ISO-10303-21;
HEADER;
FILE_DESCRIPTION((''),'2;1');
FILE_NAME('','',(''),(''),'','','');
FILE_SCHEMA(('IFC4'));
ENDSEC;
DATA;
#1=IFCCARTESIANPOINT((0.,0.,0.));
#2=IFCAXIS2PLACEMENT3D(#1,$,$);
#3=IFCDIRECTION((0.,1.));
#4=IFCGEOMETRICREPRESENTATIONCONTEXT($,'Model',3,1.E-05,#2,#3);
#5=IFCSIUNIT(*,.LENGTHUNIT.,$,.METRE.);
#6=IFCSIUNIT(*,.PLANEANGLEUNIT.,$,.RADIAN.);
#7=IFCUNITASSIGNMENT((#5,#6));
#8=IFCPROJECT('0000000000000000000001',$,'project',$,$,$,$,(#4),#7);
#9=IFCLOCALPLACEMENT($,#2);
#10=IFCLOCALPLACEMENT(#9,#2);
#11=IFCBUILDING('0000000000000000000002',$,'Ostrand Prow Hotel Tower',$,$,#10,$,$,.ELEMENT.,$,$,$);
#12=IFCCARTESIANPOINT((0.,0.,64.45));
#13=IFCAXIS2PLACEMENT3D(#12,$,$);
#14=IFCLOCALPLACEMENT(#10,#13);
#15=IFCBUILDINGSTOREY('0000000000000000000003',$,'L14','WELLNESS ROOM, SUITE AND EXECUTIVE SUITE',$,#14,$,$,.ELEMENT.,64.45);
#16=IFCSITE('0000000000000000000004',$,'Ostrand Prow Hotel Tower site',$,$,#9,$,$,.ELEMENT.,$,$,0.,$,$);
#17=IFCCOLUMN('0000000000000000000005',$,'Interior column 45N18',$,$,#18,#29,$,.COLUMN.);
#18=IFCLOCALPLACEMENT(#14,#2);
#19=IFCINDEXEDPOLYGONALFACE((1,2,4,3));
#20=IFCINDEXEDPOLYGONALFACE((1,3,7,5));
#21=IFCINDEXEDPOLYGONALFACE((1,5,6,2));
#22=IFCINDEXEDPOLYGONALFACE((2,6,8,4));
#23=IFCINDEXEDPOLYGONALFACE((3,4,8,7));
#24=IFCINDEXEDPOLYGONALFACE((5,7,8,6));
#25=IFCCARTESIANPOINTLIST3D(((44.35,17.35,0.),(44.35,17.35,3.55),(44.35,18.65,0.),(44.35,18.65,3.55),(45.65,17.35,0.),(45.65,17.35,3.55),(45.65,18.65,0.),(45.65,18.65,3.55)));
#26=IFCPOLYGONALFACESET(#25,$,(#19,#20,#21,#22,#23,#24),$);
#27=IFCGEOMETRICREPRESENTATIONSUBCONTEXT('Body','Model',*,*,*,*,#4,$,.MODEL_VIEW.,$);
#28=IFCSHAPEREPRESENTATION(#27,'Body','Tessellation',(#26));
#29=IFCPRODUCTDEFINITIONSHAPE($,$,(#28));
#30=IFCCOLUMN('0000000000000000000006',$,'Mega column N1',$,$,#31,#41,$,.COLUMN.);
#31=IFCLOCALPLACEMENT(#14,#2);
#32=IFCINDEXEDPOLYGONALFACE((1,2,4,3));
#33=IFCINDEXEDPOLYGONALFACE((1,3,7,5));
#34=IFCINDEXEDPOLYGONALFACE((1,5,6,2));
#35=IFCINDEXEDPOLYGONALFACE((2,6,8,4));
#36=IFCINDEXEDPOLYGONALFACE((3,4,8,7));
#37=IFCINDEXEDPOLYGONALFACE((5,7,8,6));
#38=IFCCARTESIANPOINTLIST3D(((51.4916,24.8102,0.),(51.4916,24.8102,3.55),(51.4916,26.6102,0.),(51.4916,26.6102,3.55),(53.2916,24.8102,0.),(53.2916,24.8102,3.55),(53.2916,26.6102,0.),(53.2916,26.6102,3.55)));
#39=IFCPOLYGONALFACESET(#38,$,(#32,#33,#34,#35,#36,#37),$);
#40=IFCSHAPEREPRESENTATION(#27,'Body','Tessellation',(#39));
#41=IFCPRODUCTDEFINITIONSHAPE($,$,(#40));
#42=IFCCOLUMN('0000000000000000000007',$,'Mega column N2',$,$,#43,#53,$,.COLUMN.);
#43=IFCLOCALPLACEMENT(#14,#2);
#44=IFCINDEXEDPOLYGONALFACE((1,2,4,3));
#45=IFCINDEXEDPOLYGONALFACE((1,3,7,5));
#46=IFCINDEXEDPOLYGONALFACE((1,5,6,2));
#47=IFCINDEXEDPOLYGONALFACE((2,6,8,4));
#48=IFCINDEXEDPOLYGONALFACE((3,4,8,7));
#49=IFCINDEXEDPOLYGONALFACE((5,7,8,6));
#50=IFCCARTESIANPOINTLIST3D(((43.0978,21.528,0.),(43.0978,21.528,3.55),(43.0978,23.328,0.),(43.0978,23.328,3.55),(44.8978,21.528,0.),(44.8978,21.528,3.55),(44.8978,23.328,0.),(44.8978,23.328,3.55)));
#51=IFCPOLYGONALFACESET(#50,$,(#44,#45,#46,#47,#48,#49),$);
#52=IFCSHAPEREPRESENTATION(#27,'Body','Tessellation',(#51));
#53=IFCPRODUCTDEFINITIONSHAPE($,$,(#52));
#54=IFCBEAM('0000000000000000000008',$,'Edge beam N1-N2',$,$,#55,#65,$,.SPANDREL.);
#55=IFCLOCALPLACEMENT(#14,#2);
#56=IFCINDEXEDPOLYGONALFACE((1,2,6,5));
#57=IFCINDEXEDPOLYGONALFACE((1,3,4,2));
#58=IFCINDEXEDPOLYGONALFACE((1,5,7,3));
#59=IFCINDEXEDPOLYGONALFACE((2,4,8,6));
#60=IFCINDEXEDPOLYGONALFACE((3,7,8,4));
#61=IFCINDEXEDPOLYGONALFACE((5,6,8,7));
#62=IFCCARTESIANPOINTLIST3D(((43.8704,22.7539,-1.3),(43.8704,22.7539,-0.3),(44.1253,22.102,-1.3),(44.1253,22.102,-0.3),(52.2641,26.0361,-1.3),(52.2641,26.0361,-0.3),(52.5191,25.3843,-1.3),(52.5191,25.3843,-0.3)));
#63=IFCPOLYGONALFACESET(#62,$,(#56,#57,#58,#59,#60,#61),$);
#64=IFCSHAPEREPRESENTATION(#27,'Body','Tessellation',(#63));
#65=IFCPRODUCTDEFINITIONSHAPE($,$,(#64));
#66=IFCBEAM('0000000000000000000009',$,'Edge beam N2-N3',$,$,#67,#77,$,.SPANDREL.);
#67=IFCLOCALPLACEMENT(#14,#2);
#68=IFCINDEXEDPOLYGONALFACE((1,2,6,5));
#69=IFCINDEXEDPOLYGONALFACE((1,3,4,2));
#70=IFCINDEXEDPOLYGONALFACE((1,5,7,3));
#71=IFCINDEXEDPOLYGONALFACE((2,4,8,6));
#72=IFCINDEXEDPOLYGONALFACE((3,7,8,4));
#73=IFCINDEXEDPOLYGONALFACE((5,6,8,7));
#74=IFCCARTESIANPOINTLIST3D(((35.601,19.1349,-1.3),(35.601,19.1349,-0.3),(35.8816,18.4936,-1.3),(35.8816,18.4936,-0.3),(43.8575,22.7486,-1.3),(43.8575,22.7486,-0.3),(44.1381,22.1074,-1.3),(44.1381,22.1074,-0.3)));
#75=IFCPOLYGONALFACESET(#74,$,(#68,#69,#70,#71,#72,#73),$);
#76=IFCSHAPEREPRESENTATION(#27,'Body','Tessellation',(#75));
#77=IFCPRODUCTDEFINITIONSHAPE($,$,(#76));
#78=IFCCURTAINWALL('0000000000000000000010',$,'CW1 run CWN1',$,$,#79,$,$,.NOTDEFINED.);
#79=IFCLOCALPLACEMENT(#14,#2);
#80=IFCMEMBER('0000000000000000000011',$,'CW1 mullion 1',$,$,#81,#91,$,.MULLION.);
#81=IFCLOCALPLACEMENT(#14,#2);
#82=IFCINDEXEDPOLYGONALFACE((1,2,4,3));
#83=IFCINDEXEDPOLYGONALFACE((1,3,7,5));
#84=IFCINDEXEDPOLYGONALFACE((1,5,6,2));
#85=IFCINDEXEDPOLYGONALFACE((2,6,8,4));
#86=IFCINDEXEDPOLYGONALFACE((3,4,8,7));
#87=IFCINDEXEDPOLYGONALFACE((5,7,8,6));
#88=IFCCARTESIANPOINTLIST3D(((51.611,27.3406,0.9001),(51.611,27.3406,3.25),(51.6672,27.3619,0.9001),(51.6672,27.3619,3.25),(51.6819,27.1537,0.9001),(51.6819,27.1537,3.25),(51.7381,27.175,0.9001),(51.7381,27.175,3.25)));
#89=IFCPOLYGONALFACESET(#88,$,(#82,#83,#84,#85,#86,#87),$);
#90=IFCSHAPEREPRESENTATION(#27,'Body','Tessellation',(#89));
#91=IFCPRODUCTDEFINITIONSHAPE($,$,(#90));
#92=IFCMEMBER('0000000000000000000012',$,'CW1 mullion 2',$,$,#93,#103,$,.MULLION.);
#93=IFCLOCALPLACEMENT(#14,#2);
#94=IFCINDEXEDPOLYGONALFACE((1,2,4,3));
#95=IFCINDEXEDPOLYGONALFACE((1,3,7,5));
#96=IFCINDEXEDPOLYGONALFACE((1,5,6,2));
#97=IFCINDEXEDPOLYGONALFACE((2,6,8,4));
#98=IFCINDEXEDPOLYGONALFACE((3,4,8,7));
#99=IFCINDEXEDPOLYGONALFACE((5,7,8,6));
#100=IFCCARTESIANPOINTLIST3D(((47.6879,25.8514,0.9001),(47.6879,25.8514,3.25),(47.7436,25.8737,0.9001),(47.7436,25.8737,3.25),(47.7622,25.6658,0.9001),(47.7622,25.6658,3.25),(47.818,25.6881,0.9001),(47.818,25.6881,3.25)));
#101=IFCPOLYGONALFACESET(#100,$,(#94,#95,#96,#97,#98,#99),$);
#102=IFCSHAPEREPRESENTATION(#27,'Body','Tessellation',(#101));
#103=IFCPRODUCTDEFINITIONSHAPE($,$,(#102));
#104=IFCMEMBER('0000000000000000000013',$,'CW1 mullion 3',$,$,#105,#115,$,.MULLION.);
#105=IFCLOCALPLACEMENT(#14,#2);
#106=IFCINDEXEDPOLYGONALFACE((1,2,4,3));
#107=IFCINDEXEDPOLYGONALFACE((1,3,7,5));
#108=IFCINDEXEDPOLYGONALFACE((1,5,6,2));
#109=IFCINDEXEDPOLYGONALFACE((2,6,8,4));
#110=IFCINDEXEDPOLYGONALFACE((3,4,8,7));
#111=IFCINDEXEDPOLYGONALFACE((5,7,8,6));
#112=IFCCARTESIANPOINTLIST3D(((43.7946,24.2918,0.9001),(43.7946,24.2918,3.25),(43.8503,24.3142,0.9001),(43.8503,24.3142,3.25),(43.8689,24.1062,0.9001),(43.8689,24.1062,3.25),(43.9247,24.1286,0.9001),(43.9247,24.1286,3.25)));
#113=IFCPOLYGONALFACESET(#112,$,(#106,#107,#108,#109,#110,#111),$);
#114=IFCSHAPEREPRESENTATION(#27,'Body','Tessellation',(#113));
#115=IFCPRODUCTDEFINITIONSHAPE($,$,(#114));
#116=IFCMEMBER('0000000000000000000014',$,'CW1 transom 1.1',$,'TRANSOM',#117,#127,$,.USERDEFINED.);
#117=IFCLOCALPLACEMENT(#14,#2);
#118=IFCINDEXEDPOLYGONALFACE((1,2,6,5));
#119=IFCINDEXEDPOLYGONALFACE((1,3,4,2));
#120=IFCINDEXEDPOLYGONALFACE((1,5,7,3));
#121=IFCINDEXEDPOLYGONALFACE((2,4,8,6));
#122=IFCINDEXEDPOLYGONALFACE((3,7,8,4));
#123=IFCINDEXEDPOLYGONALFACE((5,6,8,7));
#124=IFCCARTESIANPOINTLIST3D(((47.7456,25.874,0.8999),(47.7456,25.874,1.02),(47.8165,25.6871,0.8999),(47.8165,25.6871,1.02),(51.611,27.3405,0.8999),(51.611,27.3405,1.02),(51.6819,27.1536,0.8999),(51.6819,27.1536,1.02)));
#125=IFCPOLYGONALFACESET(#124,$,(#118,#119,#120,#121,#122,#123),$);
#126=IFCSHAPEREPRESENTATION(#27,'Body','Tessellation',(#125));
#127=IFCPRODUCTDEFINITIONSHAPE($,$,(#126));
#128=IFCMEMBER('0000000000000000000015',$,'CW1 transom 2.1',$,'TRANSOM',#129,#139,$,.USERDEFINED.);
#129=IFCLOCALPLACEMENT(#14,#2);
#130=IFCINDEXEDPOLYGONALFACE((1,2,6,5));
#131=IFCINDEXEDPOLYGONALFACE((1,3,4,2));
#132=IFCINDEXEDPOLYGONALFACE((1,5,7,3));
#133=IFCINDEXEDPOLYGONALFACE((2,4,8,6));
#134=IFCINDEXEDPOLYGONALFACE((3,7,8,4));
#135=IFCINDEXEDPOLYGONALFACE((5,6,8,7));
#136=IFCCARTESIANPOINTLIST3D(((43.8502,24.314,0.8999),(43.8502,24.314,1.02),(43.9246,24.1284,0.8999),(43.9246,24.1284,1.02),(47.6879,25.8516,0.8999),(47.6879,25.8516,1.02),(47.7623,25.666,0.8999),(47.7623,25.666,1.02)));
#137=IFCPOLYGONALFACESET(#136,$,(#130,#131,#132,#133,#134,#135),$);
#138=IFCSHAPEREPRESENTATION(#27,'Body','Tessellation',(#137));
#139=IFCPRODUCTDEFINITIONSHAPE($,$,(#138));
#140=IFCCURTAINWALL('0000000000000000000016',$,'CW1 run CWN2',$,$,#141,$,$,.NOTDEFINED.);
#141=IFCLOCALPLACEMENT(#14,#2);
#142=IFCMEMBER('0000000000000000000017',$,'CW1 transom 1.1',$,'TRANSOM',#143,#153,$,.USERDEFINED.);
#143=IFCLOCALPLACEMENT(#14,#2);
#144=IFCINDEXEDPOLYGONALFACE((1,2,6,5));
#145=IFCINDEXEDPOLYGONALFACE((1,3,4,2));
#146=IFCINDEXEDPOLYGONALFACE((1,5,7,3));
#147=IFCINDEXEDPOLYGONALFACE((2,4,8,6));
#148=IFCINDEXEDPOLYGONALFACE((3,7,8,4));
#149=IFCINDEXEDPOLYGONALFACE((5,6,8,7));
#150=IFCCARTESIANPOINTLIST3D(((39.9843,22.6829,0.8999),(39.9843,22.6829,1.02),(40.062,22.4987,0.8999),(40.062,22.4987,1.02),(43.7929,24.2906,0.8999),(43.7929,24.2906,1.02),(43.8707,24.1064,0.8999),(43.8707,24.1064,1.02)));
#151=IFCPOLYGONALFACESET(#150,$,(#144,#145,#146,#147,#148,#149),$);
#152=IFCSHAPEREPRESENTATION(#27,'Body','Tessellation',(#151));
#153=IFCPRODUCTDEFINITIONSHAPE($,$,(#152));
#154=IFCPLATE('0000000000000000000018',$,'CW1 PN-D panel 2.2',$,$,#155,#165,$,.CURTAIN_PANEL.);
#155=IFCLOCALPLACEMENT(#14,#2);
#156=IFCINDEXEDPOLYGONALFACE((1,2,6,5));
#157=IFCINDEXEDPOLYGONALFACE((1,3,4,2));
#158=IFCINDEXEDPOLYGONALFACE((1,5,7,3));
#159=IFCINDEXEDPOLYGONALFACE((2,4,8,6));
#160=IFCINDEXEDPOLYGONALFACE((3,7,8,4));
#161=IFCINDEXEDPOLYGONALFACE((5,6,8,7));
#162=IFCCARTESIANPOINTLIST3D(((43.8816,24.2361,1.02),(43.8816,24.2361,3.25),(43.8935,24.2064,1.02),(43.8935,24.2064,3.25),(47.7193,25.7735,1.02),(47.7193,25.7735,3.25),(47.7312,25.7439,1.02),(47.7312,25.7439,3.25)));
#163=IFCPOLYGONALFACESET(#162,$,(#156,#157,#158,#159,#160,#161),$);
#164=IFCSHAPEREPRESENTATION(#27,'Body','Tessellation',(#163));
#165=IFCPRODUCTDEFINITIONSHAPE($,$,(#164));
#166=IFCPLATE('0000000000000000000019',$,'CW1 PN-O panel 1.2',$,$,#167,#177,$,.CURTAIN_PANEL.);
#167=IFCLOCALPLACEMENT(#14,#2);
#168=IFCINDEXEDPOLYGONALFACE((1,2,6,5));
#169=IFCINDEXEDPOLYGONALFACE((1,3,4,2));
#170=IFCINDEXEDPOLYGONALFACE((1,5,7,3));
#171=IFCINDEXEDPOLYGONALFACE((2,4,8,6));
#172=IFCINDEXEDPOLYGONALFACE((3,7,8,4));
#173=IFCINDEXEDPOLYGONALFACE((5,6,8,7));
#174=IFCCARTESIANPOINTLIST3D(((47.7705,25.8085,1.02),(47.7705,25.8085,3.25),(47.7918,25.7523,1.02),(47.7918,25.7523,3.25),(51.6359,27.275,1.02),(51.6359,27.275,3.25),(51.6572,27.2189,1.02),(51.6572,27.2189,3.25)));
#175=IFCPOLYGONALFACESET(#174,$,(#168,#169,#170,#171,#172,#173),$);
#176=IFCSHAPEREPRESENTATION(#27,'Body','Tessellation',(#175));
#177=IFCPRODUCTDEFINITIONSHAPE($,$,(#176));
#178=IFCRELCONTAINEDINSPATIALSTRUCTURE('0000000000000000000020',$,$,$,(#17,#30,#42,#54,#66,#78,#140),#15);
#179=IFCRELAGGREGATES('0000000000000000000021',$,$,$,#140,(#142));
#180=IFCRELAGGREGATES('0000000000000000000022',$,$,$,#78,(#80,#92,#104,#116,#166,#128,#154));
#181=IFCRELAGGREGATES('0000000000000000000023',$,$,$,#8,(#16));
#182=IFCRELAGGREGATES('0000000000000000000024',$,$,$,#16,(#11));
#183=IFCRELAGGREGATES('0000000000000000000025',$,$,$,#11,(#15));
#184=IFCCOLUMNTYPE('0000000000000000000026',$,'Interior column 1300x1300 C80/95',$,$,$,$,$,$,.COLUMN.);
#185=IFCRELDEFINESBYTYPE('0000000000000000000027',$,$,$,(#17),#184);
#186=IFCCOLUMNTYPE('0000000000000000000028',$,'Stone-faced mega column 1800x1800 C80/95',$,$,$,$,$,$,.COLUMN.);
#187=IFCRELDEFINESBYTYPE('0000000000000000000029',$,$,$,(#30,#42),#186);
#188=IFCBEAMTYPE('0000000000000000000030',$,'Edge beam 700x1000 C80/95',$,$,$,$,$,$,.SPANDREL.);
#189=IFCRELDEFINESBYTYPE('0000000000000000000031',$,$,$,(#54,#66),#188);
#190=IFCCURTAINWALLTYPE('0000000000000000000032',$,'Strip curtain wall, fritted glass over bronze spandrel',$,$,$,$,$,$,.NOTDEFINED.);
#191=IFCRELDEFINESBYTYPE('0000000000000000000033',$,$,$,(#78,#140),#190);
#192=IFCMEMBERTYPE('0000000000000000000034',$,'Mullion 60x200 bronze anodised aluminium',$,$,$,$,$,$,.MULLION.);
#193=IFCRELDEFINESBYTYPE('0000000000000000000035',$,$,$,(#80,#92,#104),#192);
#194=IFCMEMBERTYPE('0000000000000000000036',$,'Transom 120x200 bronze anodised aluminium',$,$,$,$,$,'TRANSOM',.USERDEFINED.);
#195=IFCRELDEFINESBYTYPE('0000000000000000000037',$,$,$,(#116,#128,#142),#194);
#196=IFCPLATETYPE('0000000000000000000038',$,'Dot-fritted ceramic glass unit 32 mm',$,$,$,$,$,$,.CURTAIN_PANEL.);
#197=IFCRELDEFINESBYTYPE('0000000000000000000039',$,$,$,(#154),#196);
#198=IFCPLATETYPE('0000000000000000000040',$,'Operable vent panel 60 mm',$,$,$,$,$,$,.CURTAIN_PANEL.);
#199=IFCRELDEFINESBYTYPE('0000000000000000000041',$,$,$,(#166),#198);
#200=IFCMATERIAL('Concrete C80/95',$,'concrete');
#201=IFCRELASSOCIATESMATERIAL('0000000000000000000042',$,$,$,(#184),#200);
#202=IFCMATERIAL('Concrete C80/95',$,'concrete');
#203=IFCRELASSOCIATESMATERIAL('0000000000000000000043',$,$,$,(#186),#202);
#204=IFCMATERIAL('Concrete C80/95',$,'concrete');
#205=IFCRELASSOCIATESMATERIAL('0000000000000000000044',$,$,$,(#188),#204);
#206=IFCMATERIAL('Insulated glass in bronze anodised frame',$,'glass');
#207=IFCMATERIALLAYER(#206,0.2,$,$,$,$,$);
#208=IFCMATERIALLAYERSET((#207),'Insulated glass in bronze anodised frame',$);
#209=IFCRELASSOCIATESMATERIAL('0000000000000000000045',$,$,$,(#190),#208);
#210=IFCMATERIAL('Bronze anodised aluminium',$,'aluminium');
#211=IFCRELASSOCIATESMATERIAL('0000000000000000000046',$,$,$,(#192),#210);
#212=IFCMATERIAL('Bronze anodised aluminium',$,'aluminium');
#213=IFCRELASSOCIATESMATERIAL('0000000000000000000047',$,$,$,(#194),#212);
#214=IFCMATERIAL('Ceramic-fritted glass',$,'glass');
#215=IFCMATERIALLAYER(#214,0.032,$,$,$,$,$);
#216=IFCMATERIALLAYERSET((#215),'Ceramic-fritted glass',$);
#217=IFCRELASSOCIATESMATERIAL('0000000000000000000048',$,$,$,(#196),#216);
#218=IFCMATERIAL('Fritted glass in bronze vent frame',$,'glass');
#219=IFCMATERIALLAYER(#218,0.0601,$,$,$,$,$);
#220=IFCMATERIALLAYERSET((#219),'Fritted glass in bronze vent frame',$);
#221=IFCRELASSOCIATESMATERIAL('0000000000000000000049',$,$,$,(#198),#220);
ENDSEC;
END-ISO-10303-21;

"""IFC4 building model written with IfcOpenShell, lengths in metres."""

from ifc_helpers import new_model, si_unit, direction, frame, origin, origin_2d, place, context, subcontext, project, spatial, rectangle, extrude, material, layer, layer_set, material_profile, profile_set, type_object, element, aggregate, save


model = new_model("IFC4")

# Units and contexts
model_context = context("Model", 3, precision=1e-05, world=origin(), true_north=direction((0.0, 1.0)))
body_context = subcontext(model_context, "Body", "Model", "MODEL_VIEW")
ifc_project = project(units=[si_unit("LENGTHUNIT", "METRE"), si_unit("PLANEANGLEUNIT", "RADIAN")], contexts=[model_context])

# Site, building, storey
site_placement = place(None, origin())
site = spatial("IfcSite", under=ifc_project, at=site_placement, Name="Ostrand Prow Hotel Tower site", CompositionType="ELEMENT", RefElevation=0.0)
building_placement = place(site_placement, origin())
building = spatial("IfcBuilding", under=site, at=building_placement, Name="Ostrand Prow Hotel Tower", CompositionType="ELEMENT")
storey_placement = place(building_placement, frame((0.0, 0.0, 64.45)))
storey = spatial("IfcBuildingStorey", under=building, at=storey_placement, Name="L14", Description="WELLNESS ROOM, SUITE AND EXECUTIVE SUITE", CompositionType="ELEMENT", Elevation=64.45)

# Columns
ifc_material_1 = material(Name="Concrete C80/95", Category="concrete")
ifc_material_profile_1 = material_profile(ifc_material_1, rectangle(XDim=1.3, YDim=1.3, at=origin_2d()), Name="RC 1300x1300")
ifc_profile_set_1 = profile_set([ifc_material_profile_1], Name="Concrete C80/95")
column_type_1 = type_object("IfcColumnType", Name="Interior column 1300x1300 C80/95", PredefinedType="COLUMN", material=ifc_profile_set_1)
column_placement = place(storey_placement, frame((45.0, 18.0, 0.0), z_axis=(0.0, 0.0, 1.0), x_axis=(1.0, 0.0, 0.0)))
element("IfcColumn", 1, at=column_placement, inside=storey, type_object=column_type_1, Name="Interior column 45N18", PredefinedType="COLUMN", context=body_context, shape_type="SweptSolid", body=[
    extrude(rectangle(XDim=1.3, YDim=1.3, at=origin_2d()), origin(), (0.0, 0.0, 1.0), 3.55),
])
ifc_material_2 = material(Name="Concrete C80/95", Category="concrete")
ifc_material_profile_2 = material_profile(ifc_material_2, rectangle(XDim=1.8, YDim=1.8, at=origin_2d()), Name="RC 1800x1800")
ifc_profile_set_2 = profile_set([ifc_material_profile_2], Name="Concrete C80/95")
column_type_2 = type_object("IfcColumnType", Name="Stone-faced mega column 1800x1800 C80/95", PredefinedType="COLUMN", material=ifc_profile_set_2)
for number, where, z_axis, x_axis, name in (
    (2, (52.3916, 25.7102, 0.0), (0.0, 0.0, 1.0), (1.0, 0.0, 0.0), "Mega column N1"),
    (3, (43.9978, 22.428, 0.0), (0.0, 0.0, 1.0), (1.0, 0.0, 0.0), "Mega column N2"),
):
    element("IfcColumn", number, at=place(storey_placement, frame(where, z_axis=z_axis, x_axis=x_axis)), inside=storey, type_object=column_type_2, Name=name, PredefinedType="COLUMN", context=body_context, shape_type="SweptSolid", body=[
        extrude(rectangle(XDim=1.8, YDim=1.8, at=origin_2d()), origin(), (0.0, 0.0, 1.0), 3.55),
    ])

# Beams
ifc_material_3 = material(Name="Concrete C80/95", Category="concrete")
ifc_material_profile_3 = material_profile(ifc_material_3, rectangle(XDim=0.7, YDim=1.0, at=origin_2d()), Name="RC 700x1000")
ifc_profile_set_3 = profile_set([ifc_material_profile_3], Name="Concrete C80/95")
beam_type = type_object("IfcBeamType", Name="Edge beam 700x1000 C80/95", PredefinedType="SPANDREL", material=ifc_profile_set_3)
for number, where, z_axis, x_axis, name in (
    (4, (52.3916, 25.7102, -0.8), (-0.931329, -0.364178, 0.0), (0.364178, -0.931329, 0.0), "Edge beam N1-N2"),
    (5, (43.9978, 22.428, -0.8), (-0.916096, -0.40096, 0.0), (0.40096, -0.916096, 0.0), "Edge beam N2-N3"),
):
    element("IfcBeam", number, at=place(storey_placement, frame(where, z_axis=z_axis, x_axis=x_axis)), inside=storey, type_object=beam_type, Name=name, PredefinedType="SPANDREL", context=body_context, shape_type="SweptSolid", body=[
        extrude(rectangle(XDim=0.7, YDim=1.0, at=origin_2d()), origin(), (0.0, 0.0, 1.0), 9.0127),
    ])

# Curtain wall, members
ifc_material_4 = material(Name="Insulated glass in bronze anodised frame", Category="glass")
ifc_layer_1 = layer(ifc_material_4, 0.2)
ifc_layer_set_1 = layer_set([ifc_layer_1], Name="Insulated glass in bronze anodised frame")
curtain_wall_type = type_object("IfcCurtainWallType", Name="Strip curtain wall, fritted glass over bronze spandrel", PredefinedType="NOTDEFINED", material=ifc_layer_set_1)
curtain_wall_1_placement = place(storey_placement, origin())
curtain_wall_1 = element("IfcCurtainWall", 6, at=curtain_wall_1_placement, inside=storey, type_object=curtain_wall_type, Name="CW1 run CWN1", PredefinedType="NOTDEFINED")
ifc_material_5 = material(Name="Bronze anodised aluminium", Category="aluminium")
ifc_material_profile_4 = material_profile(ifc_material_5, rectangle(XDim=0.2, YDim=0.0601, at=origin_2d()), Name="Mullion 60x200 bronze anodised aluminium")
ifc_profile_set_4 = profile_set([ifc_material_profile_4], Name="Bronze anodised aluminium")
member_type_1 = type_object("IfcMemberType", Name="Mullion 60x200 bronze anodised aluminium", PredefinedType="MULLION", material=ifc_profile_set_4)
member_1_placement = place(storey_placement, frame((51.6746, 27.2578, 0.9001), z_axis=(0.0, 0.0, 1.0), x_axis=(0.354728, -0.934969, 0.0)))
member_1 = element("IfcMember", 7, at=member_1_placement, type_object=member_type_1, Name="CW1 mullion 1", PredefinedType="MULLION", context=body_context, shape_type="SweptSolid", body=[
    extrude(rectangle(XDim=0.2, YDim=0.0601, at=origin_2d()), origin(), (0.0, 0.0, 1.0), 2.3499),
])
member_2_placement = place(storey_placement, frame((47.7529, 25.7698, 0.9001), z_axis=(0.0, 0.0, 1.0), x_axis=(0.371873, -0.928283, 0.0)))
member_2 = element("IfcMember", 8, at=member_2_placement, type_object=member_type_1, Name="CW1 mullion 2", PredefinedType="MULLION", context=body_context, shape_type="SweptSolid", body=[
    extrude(rectangle(XDim=0.2, YDim=0.0601, at=origin_2d()), origin(), (0.0, 0.0, 1.0), 2.3499),
])
member_3_placement = place(storey_placement, frame((43.8596, 24.2102, 0.9001), z_axis=(0.0, 0.0, 1.0), x_axis=(0.371873, -0.928283, 0.0)))
member_3 = element("IfcMember", 9, at=member_3_placement, type_object=member_type_1, Name="CW1 mullion 3", PredefinedType="MULLION", context=body_context, shape_type="SweptSolid", body=[
    extrude(rectangle(XDim=0.2, YDim=0.0601, at=origin_2d()), origin(), (0.0, 0.0, 1.0), 2.3499),
])
ifc_material_6 = material(Name="Bronze anodised aluminium", Category="aluminium")
ifc_material_profile_5 = material_profile(ifc_material_6, rectangle(XDim=0.2, YDim=0.1201, at=origin_2d()), Name="Transom 120x200 bronze anodised aluminium")
ifc_profile_set_5 = profile_set([ifc_material_profile_5], Name="Bronze anodised aluminium")
member_type_2 = type_object("IfcMemberType", Name="Transom 120x200 bronze anodised aluminium", ElementType="TRANSOM", PredefinedType="USERDEFINED", material=ifc_profile_set_5)
member_4_placement = place(storey_placement, frame((51.6465, 27.2471, 0.96), z_axis=(-0.934971, -0.354725, 0.0), x_axis=(0.354725, -0.934971, 0.0)))
member_4 = element("IfcMember", 10, at=member_4_placement, type_object=member_type_2, Name="CW1 transom 1.1", ObjectType="TRANSOM", PredefinedType="USERDEFINED", context=body_context, shape_type="SweptSolid", body=[
    extrude(rectangle(XDim=0.2, YDim=0.1201, at=origin_2d()), origin(), (0.0, 0.0, 1.0), 4.1343),
])
member_5_placement = place(storey_placement, frame((47.7251, 25.7588, 0.96), z_axis=(-0.928265, -0.37192, 0.0), x_axis=(0.37192, -0.928265, 0.0)))
member_5 = element("IfcMember", 11, at=member_5_placement, type_object=member_type_2, Name="CW1 transom 2.1", ObjectType="TRANSOM", PredefinedType="USERDEFINED", context=body_context, shape_type="SweptSolid", body=[
    extrude(rectangle(XDim=0.2, YDim=0.1201, at=origin_2d()), origin(), (0.0, 0.0, 1.0), 4.1343),
])

# Curtain wall, member
curtain_wall_2_placement = place(storey_placement, origin())
curtain_wall_2 = element("IfcCurtainWall", 12, at=curtain_wall_2_placement, inside=storey, type_object=curtain_wall_type, Name="CW1 run CWN2", PredefinedType="NOTDEFINED")
member_6_placement = place(storey_placement, frame((43.8318, 24.1985, 0.96), z_axis=(-0.921285, -0.388888, 0.0), x_axis=(0.388888, -0.921285, 0.0)))
member_6 = element("IfcMember", 13, at=member_6_placement, type_object=member_type_2, Name="CW1 transom 1.1", ObjectType="TRANSOM", PredefinedType="USERDEFINED", context=body_context, shape_type="SweptSolid", body=[
    extrude(rectangle(XDim=0.2, YDim=0.1201, at=origin_2d()), origin(), (0.0, 0.0, 1.0), 4.134),
])
aggregate(curtain_wall_2, [member_6])

# Plates
ifc_material_7 = material(Name="Ceramic-fritted glass", Category="glass")
ifc_layer_2 = layer(ifc_material_7, 0.032)
ifc_layer_set_2 = layer_set([ifc_layer_2], Name="Ceramic-fritted glass")
plate_type_1 = type_object("IfcPlateType", Name="Dot-fritted ceramic glass unit 32 mm", PredefinedType="CURTAIN_PANEL", material=ifc_layer_set_2)
plate_1_placement = place(storey_placement, frame((45.8064, 24.99, 1.02), z_axis=(0.0, 0.0, 1.0), x_axis=(-0.928283, -0.371873, 0.0)))
plate_1 = element("IfcPlate", 14, at=plate_1_placement, type_object=plate_type_1, Name="CW1 PN-D panel 2.2", PredefinedType="CURTAIN_PANEL", context=body_context, shape_type="SweptSolid", body=[
    extrude(rectangle(XDim=4.1343, YDim=0.032, at=origin_2d()), origin(), (0.0, 0.0, 1.0), 2.23),
])
ifc_material_8 = material(Name="Fritted glass in bronze vent frame", Category="glass")
ifc_layer_3 = layer(ifc_material_8, 0.0601)
ifc_layer_set_3 = layer_set([ifc_layer_3], Name="Fritted glass in bronze vent frame")
plate_type_2 = type_object("IfcPlateType", Name="Operable vent panel 60 mm", PredefinedType="CURTAIN_PANEL", material=ifc_layer_set_3)
plate_2_placement = place(storey_placement, frame((49.7139, 26.5137, 1.02), z_axis=(0.0, 0.0, 1.0), x_axis=(-0.934969, -0.354728, 0.0)))
plate_2 = element("IfcPlate", 15, at=plate_2_placement, type_object=plate_type_2, Name="CW1 PN-O panel 1.2", PredefinedType="CURTAIN_PANEL", context=body_context, shape_type="SweptSolid", body=[
    extrude(rectangle(XDim=4.1343, YDim=0.0601, at=origin_2d()), origin(), (0.0, 0.0, 1.0), 2.23),
])
aggregate(curtain_wall_1, [member_1, member_2, member_3, member_4, plate_2, member_5, plate_1])

save(model, "model.ifc")
